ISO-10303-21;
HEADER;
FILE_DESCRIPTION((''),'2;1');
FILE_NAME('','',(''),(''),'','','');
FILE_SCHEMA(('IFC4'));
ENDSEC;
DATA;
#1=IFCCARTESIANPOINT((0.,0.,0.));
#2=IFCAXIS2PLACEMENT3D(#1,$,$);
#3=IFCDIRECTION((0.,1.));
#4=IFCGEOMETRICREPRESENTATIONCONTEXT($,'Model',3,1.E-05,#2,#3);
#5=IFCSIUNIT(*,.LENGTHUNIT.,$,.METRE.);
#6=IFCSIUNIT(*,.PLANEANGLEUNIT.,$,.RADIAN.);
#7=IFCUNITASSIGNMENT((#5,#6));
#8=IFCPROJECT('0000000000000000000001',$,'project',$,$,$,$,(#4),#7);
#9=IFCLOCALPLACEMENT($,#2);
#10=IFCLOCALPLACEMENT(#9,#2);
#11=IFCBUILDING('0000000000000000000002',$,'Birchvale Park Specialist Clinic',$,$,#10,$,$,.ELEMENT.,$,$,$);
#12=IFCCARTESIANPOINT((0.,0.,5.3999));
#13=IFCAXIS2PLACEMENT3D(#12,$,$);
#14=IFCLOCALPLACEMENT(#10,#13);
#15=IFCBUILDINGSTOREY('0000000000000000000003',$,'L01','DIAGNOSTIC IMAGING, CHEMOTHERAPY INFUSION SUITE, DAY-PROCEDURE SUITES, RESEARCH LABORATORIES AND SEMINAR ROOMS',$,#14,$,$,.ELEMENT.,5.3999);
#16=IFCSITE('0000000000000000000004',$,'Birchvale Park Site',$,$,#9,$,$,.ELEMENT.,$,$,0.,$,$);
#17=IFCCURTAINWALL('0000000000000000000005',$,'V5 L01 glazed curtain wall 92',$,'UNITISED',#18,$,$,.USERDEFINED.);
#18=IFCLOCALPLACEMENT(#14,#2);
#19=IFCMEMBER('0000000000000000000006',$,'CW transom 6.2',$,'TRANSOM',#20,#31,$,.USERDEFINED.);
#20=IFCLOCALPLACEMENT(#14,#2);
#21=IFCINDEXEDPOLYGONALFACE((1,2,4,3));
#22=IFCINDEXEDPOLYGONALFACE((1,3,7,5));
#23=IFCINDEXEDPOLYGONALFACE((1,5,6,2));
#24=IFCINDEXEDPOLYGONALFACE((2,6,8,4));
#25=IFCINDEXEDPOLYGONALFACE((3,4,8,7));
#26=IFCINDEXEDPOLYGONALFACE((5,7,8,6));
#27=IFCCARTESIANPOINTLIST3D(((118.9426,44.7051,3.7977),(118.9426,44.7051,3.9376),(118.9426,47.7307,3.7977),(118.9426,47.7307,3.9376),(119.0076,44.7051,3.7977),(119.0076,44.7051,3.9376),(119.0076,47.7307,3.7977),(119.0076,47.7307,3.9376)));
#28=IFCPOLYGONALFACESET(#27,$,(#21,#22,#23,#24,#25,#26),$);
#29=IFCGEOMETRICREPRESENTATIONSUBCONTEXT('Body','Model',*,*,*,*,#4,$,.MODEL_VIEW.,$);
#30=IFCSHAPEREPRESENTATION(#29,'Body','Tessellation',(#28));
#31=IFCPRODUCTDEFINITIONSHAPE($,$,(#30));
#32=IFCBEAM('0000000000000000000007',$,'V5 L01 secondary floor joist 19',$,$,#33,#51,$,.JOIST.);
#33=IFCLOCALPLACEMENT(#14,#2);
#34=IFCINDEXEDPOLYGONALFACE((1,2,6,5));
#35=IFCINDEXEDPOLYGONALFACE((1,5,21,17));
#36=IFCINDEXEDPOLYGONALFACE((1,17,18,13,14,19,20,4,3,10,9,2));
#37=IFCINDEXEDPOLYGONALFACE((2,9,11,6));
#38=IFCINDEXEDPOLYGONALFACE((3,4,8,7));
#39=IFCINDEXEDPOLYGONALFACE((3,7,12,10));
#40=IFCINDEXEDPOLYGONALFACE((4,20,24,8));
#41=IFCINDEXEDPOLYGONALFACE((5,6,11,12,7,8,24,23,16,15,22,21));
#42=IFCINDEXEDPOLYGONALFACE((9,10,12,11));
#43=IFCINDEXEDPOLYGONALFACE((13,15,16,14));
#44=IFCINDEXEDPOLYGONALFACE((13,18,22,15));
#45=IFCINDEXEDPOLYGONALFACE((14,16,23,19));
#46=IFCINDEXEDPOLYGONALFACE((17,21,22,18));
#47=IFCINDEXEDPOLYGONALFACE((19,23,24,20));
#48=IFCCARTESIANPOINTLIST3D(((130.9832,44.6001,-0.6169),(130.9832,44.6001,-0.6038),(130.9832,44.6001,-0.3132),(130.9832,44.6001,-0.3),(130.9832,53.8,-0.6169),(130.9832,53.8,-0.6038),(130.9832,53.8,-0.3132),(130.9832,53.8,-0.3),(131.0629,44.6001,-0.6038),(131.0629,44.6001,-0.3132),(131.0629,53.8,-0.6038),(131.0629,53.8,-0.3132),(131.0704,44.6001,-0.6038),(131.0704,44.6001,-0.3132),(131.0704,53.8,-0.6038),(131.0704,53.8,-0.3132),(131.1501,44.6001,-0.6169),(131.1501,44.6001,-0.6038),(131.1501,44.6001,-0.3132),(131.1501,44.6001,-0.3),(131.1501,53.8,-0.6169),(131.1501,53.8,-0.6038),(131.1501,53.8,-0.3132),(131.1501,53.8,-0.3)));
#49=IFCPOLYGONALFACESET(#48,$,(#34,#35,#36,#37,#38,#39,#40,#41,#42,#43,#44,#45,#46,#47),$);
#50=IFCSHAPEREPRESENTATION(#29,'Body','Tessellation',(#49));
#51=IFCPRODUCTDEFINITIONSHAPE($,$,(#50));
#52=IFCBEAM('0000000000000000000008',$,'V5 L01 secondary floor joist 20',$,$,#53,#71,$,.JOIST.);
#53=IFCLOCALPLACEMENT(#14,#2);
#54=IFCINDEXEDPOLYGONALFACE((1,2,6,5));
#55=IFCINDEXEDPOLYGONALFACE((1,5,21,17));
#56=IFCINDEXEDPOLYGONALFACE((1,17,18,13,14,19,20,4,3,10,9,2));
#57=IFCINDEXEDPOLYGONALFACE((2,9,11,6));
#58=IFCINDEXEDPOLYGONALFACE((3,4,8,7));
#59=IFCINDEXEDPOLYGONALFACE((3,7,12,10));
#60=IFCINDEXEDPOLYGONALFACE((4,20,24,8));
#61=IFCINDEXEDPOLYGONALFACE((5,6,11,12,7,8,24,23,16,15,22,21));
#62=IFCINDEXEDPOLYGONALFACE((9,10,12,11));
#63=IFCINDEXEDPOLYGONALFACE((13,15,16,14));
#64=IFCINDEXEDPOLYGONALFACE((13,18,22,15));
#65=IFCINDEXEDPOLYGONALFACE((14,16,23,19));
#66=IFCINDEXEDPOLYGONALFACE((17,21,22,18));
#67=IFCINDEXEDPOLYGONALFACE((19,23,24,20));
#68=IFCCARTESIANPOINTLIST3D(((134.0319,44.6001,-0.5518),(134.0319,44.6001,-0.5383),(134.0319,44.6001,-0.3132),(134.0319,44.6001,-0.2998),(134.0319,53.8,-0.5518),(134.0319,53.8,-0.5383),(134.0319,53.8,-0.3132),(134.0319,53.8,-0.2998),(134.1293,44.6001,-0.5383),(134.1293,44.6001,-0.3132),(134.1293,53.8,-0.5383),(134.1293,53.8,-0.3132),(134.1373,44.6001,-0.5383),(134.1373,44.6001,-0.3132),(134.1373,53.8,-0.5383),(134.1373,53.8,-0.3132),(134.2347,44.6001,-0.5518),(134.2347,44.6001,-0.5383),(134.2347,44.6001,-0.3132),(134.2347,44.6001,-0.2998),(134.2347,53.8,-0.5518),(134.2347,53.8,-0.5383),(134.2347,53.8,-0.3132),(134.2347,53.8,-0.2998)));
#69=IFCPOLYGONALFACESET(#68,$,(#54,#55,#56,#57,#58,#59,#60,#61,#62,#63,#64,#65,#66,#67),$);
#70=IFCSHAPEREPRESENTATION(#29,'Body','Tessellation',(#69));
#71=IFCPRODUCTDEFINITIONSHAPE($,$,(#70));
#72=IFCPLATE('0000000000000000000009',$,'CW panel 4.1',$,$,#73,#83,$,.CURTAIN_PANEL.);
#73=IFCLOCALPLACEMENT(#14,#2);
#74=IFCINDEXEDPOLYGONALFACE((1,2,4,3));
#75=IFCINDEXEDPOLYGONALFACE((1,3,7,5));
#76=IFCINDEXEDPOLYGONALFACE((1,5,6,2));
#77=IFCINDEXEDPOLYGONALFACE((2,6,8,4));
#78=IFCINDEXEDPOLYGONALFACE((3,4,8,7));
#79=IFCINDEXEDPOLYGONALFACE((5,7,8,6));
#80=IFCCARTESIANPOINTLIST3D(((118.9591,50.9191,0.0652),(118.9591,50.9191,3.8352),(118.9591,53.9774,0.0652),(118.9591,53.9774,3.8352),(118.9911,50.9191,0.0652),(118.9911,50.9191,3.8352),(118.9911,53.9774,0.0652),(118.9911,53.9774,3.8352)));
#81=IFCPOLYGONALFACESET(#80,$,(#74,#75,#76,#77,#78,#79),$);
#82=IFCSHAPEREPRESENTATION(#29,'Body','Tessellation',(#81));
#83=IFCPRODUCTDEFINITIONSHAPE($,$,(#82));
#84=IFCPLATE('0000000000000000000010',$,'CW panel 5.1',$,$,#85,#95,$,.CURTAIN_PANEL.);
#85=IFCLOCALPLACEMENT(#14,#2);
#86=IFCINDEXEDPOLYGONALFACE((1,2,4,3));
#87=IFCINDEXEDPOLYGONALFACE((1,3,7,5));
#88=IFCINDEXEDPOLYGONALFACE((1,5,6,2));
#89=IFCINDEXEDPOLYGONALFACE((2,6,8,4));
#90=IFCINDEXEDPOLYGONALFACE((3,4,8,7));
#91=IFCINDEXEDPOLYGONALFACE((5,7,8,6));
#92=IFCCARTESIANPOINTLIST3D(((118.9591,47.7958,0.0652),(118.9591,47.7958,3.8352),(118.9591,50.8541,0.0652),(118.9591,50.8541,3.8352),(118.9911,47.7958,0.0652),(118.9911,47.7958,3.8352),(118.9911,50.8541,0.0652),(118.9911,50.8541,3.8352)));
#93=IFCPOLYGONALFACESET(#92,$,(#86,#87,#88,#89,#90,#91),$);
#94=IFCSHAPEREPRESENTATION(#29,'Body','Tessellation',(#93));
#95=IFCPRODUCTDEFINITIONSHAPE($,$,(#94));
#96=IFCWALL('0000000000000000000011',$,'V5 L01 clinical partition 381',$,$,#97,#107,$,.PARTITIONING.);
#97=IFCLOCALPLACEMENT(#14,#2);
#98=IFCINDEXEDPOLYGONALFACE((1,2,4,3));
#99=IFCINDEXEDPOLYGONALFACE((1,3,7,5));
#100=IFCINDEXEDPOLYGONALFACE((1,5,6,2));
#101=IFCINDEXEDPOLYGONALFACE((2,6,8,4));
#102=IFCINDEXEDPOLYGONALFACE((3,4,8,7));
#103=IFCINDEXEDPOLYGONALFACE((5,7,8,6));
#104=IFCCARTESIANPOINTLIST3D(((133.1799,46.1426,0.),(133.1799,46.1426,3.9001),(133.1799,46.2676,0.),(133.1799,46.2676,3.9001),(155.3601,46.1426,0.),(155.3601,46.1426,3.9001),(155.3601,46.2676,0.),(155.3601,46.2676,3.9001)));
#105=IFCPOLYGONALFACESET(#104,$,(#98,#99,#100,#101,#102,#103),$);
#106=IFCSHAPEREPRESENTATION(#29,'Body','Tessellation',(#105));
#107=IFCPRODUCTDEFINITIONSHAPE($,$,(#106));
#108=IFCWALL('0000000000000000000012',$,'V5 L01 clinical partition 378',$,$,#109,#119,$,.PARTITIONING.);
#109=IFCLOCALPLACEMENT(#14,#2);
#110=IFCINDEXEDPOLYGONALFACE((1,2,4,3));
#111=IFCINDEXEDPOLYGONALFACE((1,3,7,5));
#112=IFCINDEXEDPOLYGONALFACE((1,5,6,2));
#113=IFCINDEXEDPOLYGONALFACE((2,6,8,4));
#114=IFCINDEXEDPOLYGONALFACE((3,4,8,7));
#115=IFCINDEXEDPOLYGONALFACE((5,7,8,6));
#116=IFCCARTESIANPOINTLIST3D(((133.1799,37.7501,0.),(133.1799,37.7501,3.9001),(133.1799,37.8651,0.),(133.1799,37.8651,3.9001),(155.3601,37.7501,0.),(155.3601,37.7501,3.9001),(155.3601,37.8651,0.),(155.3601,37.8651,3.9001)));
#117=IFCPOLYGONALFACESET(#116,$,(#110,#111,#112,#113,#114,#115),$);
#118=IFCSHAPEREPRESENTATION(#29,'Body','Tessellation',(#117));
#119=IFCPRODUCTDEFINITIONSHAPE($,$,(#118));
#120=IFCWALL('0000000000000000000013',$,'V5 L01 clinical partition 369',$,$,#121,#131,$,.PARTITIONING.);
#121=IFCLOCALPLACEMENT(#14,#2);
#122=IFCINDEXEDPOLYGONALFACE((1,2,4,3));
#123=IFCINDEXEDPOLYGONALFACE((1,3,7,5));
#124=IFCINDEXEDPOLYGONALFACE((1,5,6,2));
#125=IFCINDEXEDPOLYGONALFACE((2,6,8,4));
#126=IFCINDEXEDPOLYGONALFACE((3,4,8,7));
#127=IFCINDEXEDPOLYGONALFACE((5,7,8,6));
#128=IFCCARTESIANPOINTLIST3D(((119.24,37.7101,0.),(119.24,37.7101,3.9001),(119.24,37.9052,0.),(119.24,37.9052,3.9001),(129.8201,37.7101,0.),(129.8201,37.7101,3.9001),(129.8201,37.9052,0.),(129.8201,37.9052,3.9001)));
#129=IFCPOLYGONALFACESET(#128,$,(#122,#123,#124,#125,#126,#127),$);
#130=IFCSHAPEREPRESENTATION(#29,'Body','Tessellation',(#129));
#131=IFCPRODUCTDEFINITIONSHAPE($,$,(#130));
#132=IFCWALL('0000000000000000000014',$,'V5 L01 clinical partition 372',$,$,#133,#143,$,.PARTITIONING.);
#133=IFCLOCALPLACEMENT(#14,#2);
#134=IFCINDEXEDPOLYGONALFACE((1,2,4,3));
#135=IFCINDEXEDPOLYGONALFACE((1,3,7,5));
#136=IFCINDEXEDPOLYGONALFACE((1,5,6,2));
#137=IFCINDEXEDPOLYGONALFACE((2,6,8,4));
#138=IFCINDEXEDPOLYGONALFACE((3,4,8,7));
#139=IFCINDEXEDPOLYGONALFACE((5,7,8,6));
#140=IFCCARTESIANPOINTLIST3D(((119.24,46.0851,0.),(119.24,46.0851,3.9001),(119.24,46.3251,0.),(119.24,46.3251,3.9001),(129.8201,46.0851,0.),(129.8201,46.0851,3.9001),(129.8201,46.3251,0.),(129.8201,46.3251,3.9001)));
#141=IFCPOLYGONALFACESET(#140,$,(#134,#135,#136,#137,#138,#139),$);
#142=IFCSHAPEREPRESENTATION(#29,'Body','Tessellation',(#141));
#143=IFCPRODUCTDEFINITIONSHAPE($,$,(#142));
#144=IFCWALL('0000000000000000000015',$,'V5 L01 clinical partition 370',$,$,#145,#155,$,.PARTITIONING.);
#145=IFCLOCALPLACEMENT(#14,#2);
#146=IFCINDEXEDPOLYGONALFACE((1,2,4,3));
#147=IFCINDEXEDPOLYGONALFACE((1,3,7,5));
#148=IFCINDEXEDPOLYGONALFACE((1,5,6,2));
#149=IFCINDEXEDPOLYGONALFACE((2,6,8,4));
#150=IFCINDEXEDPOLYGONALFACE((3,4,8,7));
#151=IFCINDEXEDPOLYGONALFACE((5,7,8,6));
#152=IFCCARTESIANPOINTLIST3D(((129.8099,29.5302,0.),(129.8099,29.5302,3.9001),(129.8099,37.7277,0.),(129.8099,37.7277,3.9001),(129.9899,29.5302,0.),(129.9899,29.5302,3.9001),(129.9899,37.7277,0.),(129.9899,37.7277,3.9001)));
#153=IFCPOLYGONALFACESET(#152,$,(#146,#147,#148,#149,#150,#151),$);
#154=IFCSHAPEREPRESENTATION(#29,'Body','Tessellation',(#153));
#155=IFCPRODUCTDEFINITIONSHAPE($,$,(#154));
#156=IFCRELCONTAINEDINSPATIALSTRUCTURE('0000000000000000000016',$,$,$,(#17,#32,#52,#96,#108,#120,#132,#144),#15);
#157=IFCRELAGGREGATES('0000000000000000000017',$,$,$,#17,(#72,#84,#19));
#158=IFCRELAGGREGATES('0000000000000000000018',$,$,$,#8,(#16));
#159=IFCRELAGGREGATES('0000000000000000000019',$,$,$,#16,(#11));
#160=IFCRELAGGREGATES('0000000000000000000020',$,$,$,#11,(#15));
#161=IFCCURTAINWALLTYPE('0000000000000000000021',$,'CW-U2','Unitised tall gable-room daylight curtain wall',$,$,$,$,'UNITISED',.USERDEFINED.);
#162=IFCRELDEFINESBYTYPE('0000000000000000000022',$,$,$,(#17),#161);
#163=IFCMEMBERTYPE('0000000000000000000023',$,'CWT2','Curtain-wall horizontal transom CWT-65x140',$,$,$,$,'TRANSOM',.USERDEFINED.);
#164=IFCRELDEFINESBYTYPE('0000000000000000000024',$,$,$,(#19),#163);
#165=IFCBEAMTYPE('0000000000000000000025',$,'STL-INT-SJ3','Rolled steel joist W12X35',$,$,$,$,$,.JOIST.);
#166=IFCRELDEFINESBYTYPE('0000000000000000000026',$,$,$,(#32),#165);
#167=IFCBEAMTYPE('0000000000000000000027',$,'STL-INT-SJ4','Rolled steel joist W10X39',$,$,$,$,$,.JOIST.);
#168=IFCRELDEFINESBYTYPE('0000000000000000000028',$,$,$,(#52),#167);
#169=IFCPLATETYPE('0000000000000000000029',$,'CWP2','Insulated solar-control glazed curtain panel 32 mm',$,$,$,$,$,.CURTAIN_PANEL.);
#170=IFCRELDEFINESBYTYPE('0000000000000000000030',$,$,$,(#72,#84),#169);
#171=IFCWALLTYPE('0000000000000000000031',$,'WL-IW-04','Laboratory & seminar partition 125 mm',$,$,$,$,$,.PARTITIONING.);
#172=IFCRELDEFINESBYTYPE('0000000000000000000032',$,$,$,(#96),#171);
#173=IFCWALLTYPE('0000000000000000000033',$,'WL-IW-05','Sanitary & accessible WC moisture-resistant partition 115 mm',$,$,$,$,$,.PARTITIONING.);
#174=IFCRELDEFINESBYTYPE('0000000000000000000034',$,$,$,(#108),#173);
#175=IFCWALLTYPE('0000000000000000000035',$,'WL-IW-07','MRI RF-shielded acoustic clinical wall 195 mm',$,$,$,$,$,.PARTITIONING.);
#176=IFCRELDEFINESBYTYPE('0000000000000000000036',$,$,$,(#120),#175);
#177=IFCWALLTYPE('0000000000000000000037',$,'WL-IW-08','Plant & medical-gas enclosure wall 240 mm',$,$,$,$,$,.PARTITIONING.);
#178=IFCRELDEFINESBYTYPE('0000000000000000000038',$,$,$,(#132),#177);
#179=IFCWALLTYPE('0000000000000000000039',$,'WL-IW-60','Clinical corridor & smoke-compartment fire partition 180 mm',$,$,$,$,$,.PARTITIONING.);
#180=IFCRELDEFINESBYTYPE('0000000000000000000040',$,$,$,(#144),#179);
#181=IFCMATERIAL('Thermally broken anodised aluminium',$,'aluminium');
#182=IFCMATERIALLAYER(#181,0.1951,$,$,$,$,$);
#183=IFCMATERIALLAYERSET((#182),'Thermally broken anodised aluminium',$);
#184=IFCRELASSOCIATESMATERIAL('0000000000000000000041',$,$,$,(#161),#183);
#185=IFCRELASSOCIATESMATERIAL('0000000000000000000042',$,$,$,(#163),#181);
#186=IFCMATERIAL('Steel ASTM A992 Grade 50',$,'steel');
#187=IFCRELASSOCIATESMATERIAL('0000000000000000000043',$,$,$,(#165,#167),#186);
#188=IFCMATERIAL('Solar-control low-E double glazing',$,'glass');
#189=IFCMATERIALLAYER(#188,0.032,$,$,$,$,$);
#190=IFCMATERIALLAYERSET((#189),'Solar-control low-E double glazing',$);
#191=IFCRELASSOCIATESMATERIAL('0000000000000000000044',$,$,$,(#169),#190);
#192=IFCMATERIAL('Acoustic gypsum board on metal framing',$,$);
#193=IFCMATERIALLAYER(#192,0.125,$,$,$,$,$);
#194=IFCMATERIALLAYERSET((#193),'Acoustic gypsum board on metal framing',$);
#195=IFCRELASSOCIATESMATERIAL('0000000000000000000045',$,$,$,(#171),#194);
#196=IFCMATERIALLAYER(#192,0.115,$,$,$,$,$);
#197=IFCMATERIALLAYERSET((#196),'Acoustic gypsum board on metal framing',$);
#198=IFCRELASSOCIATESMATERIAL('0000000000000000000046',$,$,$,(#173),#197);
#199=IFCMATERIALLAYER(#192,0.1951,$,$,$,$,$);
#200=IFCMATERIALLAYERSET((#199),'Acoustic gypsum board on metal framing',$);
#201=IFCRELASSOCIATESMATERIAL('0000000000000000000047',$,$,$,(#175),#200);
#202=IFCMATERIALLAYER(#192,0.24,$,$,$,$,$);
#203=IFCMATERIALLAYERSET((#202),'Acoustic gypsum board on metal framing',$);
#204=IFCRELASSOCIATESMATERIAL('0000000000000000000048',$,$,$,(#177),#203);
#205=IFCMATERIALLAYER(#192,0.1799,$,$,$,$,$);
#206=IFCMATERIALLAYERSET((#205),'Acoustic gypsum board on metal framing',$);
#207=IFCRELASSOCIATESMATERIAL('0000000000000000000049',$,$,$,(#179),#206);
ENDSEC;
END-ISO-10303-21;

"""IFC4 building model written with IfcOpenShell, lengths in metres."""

from ifc_helpers import new_model, si_unit, direction, frame, frame_2d, origin, origin_2d, place, context, subcontext, project, spatial, rectangle, i_section, extrude, material, layer, layer_set, material_profile, profile_set, type_object, element, aggregate, save


model = new_model("IFC4")

# Units and contexts
model_context = context("Model", 3, precision=1e-05, world=origin(), true_north=direction((0.0, 1.0)))
body_context = subcontext(model_context, "Body", "Model", "MODEL_VIEW")
ifc_project = project(units=[si_unit("LENGTHUNIT", "METRE"), si_unit("PLANEANGLEUNIT", "RADIAN")], contexts=[model_context])

# Site, building, storey
site_placement = place(None, origin())
site = spatial("IfcSite", under=ifc_project, at=site_placement, Name="Birchvale Park Site", CompositionType="ELEMENT", RefElevation=0.0)
building_placement = place(site_placement, origin())
building = spatial("IfcBuilding", under=site, at=building_placement, Name="Birchvale Park Specialist Clinic", CompositionType="ELEMENT")
storey_placement = place(building_placement, frame((0.0, 0.0, 5.3999)))
storey = spatial("IfcBuildingStorey", under=building, at=storey_placement, Name="L01", Description="DIAGNOSTIC IMAGING, CHEMOTHERAPY INFUSION SUITE, DAY-PROCEDURE SUITES, RESEARCH LABORATORIES AND SEMINAR ROOMS", CompositionType="ELEMENT", Elevation=5.3999)

# Curtain wall, member
ifc_material_1 = material(Name="Thermally broken anodised aluminium", Category="aluminium")
ifc_layer_1 = layer(ifc_material_1, 0.1951)
ifc_layer_set_1 = layer_set([ifc_layer_1], Name="Thermally broken anodised aluminium")
curtain_wall_type = type_object("IfcCurtainWallType", Name="CW-U2", Description="Unitised tall gable-room daylight curtain wall", ElementType="UNITISED", PredefinedType="USERDEFINED", material=ifc_layer_set_1)
curtain_wall_placement = place(storey_placement, origin())
curtain_wall = element("IfcCurtainWall", 1, at=curtain_wall_placement, inside=storey, type_object=curtain_wall_type, Name="V5 L01 glazed curtain wall 92", ObjectType="UNITISED", PredefinedType="USERDEFINED")
ifc_material_profile_1 = material_profile(ifc_material_1, rectangle(XDim=0.0649, YDim=0.1399, at=origin_2d()), Name="CWT-65x140")
ifc_profile_set_1 = profile_set([ifc_material_profile_1], Name="Thermally broken anodised aluminium")
member_type_1 = type_object("IfcMemberType", Name="CWT2", Description="Curtain-wall horizontal transom CWT-65x140", ElementType="TRANSOM", PredefinedType="USERDEFINED", material=ifc_profile_set_1)
member_1_placement = place(storey_placement, frame((118.9751, 47.7307, 3.8677), z_axis=(0.0, -1.0, 0.0), x_axis=(1.0, 0.0, 0.0)))
member_1 = element("IfcMember", 2, at=member_1_placement, type_object=member_type_1, Name="CW transom 6.2", ObjectType="TRANSOM", PredefinedType="USERDEFINED", context=body_context, shape_type="SweptSolid", body=[
    extrude(rectangle(XDim=0.0649, YDim=0.1399, at=origin_2d()), origin(), (0.0, 0.0, 1.0), 3.0256),
])

# Beams
ifc_material_2 = material(Name="Steel ASTM A992 Grade 50", Category="steel")
ifc_material_profile_2 = material_profile(ifc_material_2, i_section(OverallWidth=0.167, OverallDepth=0.3169, WebThickness=0.0076, FlangeThickness=0.0132, at=origin_2d()), Name="W12X35")
ifc_profile_set_2 = profile_set([ifc_material_profile_2], Name="Steel ASTM A992 Grade 50")
beam_type_1 = type_object("IfcBeamType", Name="STL-INT-SJ3", Description="Rolled steel joist W12X35", PredefinedType="JOIST", material=ifc_profile_set_2)
beam_1_placement = place(storey_placement, frame((131.0667, 44.6001, -0.4585), z_axis=(0.0, 1.0, 0.0), x_axis=(-1.0, 0.0, 0.0)))
element("IfcBeam", 3, at=beam_1_placement, inside=storey, type_object=beam_type_1, Name="V5 L01 secondary floor joist 19", PredefinedType="JOIST", context=body_context, shape_type="SweptSolid", body=[
    extrude(i_section(OverallWidth=0.167, OverallDepth=0.3169, WebThickness=0.0076, FlangeThickness=0.0132, at=origin_2d()), origin(), (0.0, 0.0, 1.0), 9.2),
])
ifc_material_profile_3 = material_profile(ifc_material_2, i_section(OverallWidth=0.2029, OverallDepth=0.252, WebThickness=0.0081, FlangeThickness=0.0134, at=origin_2d()), Name="W10X39")
ifc_profile_set_3 = profile_set([ifc_material_profile_3], Name="Steel ASTM A992 Grade 50")
beam_type_2 = type_object("IfcBeamType", Name="STL-INT-SJ4", Description="Rolled steel joist W10X39", PredefinedType="JOIST", material=ifc_profile_set_3)
beam_2_placement = place(storey_placement, frame((134.1333, 44.6001, -0.4258), z_axis=(0.0, 1.0, 0.0), x_axis=(-1.0, 0.0, 0.0)))
element("IfcBeam", 4, at=beam_2_placement, inside=storey, type_object=beam_type_2, Name="V5 L01 secondary floor joist 20", PredefinedType="JOIST", context=body_context, shape_type="SweptSolid", body=[
    extrude(i_section(OverallWidth=0.2029, OverallDepth=0.252, WebThickness=0.0081, FlangeThickness=0.0134, at=origin_2d()), origin(), (0.0, 0.0, 1.0), 9.2),
])

# Plates
ifc_material_3 = material(Name="Solar-control low-E double glazing", Category="glass")
ifc_layer_2 = layer(ifc_material_3, 0.032)
ifc_layer_set_2 = layer_set([ifc_layer_2], Name="Solar-control low-E double glazing")
plate_type = type_object("IfcPlateType", Name="CWP2", Description="Insulated solar-control glazed curtain panel 32 mm", PredefinedType="CURTAIN_PANEL", material=ifc_layer_set_2)
plate_1_placement = place(storey_placement, frame((118.9751, 52.4482, 0.0652), z_axis=(0.0, 0.0, 1.0), x_axis=(0.0, -1.0, 0.0)))
plate_1 = element("IfcPlate", 5, at=plate_1_placement, type_object=plate_type, Name="CW panel 4.1", PredefinedType="CURTAIN_PANEL", context=body_context, shape_type="SweptSolid", body=[
    extrude(rectangle(XDim=3.0583, YDim=0.032, at=origin_2d()), origin(), (0.0, 0.0, 1.0), 3.77),
])
plate_2_placement = place(storey_placement, frame((118.9751, 49.325, 0.0652), z_axis=(0.0, 0.0, 1.0), x_axis=(0.0, -1.0, 0.0)))
plate_2 = element("IfcPlate", 6, at=plate_2_placement, type_object=plate_type, Name="CW panel 5.1", PredefinedType="CURTAIN_PANEL", context=body_context, shape_type="SweptSolid", body=[
    extrude(rectangle(XDim=3.0583, YDim=0.032, at=origin_2d()), origin(), (0.0, 0.0, 1.0), 3.77),
])
aggregate(curtain_wall, [plate_1, plate_2, member_1])

# Walls
ifc_material_4 = material(Name="Acoustic gypsum board on metal framing")
ifc_layer_3 = layer(ifc_material_4, 0.125)
ifc_layer_set_3 = layer_set([ifc_layer_3], Name="Acoustic gypsum board on metal framing")
wall_type_1 = type_object("IfcWallType", Name="WL-IW-04", Description="Laboratory & seminar partition 125 mm", PredefinedType="PARTITIONING", material=ifc_layer_set_3)
wall_1_placement = place(storey_placement, frame((133.1799, 46.2051, 0.0), z_axis=(0.0, 0.0, 1.0), x_axis=(1.0, 0.0, 0.0)))
element("IfcWall", 7, at=wall_1_placement, inside=storey, type_object=wall_type_1, Name="V5 L01 clinical partition 381", PredefinedType="PARTITIONING", context=body_context, shape_type="SweptSolid", body=[
    extrude(rectangle(XDim=22.1802, YDim=0.125, at=frame_2d((11.0901, 0.0))), origin(), (0.0, 0.0, 1.0), 3.9001),
])
ifc_layer_4 = layer(ifc_material_4, 0.115)
ifc_layer_set_4 = layer_set([ifc_layer_4], Name="Acoustic gypsum board on metal framing")
wall_type_2 = type_object("IfcWallType", Name="WL-IW-05", Description="Sanitary & accessible WC moisture-resistant partition 115 mm", PredefinedType="PARTITIONING", material=ifc_layer_set_4)
wall_2_placement = place(storey_placement, frame((133.1799, 37.8076, 0.0), z_axis=(0.0, 0.0, 1.0), x_axis=(1.0, 0.0, 0.0)))
element("IfcWall", 8, at=wall_2_placement, inside=storey, type_object=wall_type_2, Name="V5 L01 clinical partition 378", PredefinedType="PARTITIONING", context=body_context, shape_type="SweptSolid", body=[
    extrude(rectangle(XDim=22.1802, YDim=0.115, at=frame_2d((11.0901, 0.0))), origin(), (0.0, 0.0, 1.0), 3.9001),
])
ifc_layer_5 = layer(ifc_material_4, 0.1951)
ifc_layer_set_5 = layer_set([ifc_layer_5], Name="Acoustic gypsum board on metal framing")
wall_type_3 = type_object("IfcWallType", Name="WL-IW-07", Description="MRI RF-shielded acoustic clinical wall 195 mm", PredefinedType="PARTITIONING", material=ifc_layer_set_5)
wall_3_placement = place(storey_placement, frame((119.24, 37.8076, 0.0), z_axis=(0.0, 0.0, 1.0), x_axis=(1.0, 0.0, 0.0)))
element("IfcWall", 9, at=wall_3_placement, inside=storey, type_object=wall_type_3, Name="V5 L01 clinical partition 369", PredefinedType="PARTITIONING", context=body_context, shape_type="SweptSolid", body=[
    extrude(rectangle(XDim=10.5801, YDim=0.1951, at=frame_2d((5.29, 0.0))), origin(), (0.0, 0.0, 1.0), 3.9001),
])
ifc_layer_6 = layer(ifc_material_4, 0.24)
ifc_layer_set_6 = layer_set([ifc_layer_6], Name="Acoustic gypsum board on metal framing")
wall_type_4 = type_object("IfcWallType", Name="WL-IW-08", Description="Plant & medical-gas enclosure wall 240 mm", PredefinedType="PARTITIONING", material=ifc_layer_set_6)
wall_4_placement = place(storey_placement, frame((119.24, 46.2051, 0.0), z_axis=(0.0, 0.0, 1.0), x_axis=(1.0, 0.0, 0.0)))
element("IfcWall", 10, at=wall_4_placement, inside=storey, type_object=wall_type_4, Name="V5 L01 clinical partition 372", PredefinedType="PARTITIONING", context=body_context, shape_type="SweptSolid", body=[
    extrude(rectangle(XDim=10.5801, YDim=0.24, at=frame_2d((5.29, 0.0))), origin(), (0.0, 0.0, 1.0), 3.9001),
])
ifc_layer_7 = layer(ifc_material_4, 0.1799)
ifc_layer_set_7 = layer_set([ifc_layer_7], Name="Acoustic gypsum board on metal framing")
wall_type_5 = type_object("IfcWallType", Name="WL-IW-60", Description="Clinical corridor & smoke-compartment fire partition 180 mm", PredefinedType="PARTITIONING", material=ifc_layer_set_7)
wall_5_placement = place(storey_placement, frame((129.8999, 37.7275, 0.0), z_axis=(0.0, 0.0, 1.0), x_axis=(0.0, -1.0, 0.0)))
element("IfcWall", 11, at=wall_5_placement, inside=storey, type_object=wall_type_5, Name="V5 L01 clinical partition 370", PredefinedType="PARTITIONING", context=body_context, shape_type="SweptSolid", body=[
    extrude(rectangle(XDim=8.1975, YDim=0.1799, at=frame_2d((4.0986, 0.0))), origin(), (0.0, 0.0, 1.0), 3.9001),
])

save(model, "model.ifc")
